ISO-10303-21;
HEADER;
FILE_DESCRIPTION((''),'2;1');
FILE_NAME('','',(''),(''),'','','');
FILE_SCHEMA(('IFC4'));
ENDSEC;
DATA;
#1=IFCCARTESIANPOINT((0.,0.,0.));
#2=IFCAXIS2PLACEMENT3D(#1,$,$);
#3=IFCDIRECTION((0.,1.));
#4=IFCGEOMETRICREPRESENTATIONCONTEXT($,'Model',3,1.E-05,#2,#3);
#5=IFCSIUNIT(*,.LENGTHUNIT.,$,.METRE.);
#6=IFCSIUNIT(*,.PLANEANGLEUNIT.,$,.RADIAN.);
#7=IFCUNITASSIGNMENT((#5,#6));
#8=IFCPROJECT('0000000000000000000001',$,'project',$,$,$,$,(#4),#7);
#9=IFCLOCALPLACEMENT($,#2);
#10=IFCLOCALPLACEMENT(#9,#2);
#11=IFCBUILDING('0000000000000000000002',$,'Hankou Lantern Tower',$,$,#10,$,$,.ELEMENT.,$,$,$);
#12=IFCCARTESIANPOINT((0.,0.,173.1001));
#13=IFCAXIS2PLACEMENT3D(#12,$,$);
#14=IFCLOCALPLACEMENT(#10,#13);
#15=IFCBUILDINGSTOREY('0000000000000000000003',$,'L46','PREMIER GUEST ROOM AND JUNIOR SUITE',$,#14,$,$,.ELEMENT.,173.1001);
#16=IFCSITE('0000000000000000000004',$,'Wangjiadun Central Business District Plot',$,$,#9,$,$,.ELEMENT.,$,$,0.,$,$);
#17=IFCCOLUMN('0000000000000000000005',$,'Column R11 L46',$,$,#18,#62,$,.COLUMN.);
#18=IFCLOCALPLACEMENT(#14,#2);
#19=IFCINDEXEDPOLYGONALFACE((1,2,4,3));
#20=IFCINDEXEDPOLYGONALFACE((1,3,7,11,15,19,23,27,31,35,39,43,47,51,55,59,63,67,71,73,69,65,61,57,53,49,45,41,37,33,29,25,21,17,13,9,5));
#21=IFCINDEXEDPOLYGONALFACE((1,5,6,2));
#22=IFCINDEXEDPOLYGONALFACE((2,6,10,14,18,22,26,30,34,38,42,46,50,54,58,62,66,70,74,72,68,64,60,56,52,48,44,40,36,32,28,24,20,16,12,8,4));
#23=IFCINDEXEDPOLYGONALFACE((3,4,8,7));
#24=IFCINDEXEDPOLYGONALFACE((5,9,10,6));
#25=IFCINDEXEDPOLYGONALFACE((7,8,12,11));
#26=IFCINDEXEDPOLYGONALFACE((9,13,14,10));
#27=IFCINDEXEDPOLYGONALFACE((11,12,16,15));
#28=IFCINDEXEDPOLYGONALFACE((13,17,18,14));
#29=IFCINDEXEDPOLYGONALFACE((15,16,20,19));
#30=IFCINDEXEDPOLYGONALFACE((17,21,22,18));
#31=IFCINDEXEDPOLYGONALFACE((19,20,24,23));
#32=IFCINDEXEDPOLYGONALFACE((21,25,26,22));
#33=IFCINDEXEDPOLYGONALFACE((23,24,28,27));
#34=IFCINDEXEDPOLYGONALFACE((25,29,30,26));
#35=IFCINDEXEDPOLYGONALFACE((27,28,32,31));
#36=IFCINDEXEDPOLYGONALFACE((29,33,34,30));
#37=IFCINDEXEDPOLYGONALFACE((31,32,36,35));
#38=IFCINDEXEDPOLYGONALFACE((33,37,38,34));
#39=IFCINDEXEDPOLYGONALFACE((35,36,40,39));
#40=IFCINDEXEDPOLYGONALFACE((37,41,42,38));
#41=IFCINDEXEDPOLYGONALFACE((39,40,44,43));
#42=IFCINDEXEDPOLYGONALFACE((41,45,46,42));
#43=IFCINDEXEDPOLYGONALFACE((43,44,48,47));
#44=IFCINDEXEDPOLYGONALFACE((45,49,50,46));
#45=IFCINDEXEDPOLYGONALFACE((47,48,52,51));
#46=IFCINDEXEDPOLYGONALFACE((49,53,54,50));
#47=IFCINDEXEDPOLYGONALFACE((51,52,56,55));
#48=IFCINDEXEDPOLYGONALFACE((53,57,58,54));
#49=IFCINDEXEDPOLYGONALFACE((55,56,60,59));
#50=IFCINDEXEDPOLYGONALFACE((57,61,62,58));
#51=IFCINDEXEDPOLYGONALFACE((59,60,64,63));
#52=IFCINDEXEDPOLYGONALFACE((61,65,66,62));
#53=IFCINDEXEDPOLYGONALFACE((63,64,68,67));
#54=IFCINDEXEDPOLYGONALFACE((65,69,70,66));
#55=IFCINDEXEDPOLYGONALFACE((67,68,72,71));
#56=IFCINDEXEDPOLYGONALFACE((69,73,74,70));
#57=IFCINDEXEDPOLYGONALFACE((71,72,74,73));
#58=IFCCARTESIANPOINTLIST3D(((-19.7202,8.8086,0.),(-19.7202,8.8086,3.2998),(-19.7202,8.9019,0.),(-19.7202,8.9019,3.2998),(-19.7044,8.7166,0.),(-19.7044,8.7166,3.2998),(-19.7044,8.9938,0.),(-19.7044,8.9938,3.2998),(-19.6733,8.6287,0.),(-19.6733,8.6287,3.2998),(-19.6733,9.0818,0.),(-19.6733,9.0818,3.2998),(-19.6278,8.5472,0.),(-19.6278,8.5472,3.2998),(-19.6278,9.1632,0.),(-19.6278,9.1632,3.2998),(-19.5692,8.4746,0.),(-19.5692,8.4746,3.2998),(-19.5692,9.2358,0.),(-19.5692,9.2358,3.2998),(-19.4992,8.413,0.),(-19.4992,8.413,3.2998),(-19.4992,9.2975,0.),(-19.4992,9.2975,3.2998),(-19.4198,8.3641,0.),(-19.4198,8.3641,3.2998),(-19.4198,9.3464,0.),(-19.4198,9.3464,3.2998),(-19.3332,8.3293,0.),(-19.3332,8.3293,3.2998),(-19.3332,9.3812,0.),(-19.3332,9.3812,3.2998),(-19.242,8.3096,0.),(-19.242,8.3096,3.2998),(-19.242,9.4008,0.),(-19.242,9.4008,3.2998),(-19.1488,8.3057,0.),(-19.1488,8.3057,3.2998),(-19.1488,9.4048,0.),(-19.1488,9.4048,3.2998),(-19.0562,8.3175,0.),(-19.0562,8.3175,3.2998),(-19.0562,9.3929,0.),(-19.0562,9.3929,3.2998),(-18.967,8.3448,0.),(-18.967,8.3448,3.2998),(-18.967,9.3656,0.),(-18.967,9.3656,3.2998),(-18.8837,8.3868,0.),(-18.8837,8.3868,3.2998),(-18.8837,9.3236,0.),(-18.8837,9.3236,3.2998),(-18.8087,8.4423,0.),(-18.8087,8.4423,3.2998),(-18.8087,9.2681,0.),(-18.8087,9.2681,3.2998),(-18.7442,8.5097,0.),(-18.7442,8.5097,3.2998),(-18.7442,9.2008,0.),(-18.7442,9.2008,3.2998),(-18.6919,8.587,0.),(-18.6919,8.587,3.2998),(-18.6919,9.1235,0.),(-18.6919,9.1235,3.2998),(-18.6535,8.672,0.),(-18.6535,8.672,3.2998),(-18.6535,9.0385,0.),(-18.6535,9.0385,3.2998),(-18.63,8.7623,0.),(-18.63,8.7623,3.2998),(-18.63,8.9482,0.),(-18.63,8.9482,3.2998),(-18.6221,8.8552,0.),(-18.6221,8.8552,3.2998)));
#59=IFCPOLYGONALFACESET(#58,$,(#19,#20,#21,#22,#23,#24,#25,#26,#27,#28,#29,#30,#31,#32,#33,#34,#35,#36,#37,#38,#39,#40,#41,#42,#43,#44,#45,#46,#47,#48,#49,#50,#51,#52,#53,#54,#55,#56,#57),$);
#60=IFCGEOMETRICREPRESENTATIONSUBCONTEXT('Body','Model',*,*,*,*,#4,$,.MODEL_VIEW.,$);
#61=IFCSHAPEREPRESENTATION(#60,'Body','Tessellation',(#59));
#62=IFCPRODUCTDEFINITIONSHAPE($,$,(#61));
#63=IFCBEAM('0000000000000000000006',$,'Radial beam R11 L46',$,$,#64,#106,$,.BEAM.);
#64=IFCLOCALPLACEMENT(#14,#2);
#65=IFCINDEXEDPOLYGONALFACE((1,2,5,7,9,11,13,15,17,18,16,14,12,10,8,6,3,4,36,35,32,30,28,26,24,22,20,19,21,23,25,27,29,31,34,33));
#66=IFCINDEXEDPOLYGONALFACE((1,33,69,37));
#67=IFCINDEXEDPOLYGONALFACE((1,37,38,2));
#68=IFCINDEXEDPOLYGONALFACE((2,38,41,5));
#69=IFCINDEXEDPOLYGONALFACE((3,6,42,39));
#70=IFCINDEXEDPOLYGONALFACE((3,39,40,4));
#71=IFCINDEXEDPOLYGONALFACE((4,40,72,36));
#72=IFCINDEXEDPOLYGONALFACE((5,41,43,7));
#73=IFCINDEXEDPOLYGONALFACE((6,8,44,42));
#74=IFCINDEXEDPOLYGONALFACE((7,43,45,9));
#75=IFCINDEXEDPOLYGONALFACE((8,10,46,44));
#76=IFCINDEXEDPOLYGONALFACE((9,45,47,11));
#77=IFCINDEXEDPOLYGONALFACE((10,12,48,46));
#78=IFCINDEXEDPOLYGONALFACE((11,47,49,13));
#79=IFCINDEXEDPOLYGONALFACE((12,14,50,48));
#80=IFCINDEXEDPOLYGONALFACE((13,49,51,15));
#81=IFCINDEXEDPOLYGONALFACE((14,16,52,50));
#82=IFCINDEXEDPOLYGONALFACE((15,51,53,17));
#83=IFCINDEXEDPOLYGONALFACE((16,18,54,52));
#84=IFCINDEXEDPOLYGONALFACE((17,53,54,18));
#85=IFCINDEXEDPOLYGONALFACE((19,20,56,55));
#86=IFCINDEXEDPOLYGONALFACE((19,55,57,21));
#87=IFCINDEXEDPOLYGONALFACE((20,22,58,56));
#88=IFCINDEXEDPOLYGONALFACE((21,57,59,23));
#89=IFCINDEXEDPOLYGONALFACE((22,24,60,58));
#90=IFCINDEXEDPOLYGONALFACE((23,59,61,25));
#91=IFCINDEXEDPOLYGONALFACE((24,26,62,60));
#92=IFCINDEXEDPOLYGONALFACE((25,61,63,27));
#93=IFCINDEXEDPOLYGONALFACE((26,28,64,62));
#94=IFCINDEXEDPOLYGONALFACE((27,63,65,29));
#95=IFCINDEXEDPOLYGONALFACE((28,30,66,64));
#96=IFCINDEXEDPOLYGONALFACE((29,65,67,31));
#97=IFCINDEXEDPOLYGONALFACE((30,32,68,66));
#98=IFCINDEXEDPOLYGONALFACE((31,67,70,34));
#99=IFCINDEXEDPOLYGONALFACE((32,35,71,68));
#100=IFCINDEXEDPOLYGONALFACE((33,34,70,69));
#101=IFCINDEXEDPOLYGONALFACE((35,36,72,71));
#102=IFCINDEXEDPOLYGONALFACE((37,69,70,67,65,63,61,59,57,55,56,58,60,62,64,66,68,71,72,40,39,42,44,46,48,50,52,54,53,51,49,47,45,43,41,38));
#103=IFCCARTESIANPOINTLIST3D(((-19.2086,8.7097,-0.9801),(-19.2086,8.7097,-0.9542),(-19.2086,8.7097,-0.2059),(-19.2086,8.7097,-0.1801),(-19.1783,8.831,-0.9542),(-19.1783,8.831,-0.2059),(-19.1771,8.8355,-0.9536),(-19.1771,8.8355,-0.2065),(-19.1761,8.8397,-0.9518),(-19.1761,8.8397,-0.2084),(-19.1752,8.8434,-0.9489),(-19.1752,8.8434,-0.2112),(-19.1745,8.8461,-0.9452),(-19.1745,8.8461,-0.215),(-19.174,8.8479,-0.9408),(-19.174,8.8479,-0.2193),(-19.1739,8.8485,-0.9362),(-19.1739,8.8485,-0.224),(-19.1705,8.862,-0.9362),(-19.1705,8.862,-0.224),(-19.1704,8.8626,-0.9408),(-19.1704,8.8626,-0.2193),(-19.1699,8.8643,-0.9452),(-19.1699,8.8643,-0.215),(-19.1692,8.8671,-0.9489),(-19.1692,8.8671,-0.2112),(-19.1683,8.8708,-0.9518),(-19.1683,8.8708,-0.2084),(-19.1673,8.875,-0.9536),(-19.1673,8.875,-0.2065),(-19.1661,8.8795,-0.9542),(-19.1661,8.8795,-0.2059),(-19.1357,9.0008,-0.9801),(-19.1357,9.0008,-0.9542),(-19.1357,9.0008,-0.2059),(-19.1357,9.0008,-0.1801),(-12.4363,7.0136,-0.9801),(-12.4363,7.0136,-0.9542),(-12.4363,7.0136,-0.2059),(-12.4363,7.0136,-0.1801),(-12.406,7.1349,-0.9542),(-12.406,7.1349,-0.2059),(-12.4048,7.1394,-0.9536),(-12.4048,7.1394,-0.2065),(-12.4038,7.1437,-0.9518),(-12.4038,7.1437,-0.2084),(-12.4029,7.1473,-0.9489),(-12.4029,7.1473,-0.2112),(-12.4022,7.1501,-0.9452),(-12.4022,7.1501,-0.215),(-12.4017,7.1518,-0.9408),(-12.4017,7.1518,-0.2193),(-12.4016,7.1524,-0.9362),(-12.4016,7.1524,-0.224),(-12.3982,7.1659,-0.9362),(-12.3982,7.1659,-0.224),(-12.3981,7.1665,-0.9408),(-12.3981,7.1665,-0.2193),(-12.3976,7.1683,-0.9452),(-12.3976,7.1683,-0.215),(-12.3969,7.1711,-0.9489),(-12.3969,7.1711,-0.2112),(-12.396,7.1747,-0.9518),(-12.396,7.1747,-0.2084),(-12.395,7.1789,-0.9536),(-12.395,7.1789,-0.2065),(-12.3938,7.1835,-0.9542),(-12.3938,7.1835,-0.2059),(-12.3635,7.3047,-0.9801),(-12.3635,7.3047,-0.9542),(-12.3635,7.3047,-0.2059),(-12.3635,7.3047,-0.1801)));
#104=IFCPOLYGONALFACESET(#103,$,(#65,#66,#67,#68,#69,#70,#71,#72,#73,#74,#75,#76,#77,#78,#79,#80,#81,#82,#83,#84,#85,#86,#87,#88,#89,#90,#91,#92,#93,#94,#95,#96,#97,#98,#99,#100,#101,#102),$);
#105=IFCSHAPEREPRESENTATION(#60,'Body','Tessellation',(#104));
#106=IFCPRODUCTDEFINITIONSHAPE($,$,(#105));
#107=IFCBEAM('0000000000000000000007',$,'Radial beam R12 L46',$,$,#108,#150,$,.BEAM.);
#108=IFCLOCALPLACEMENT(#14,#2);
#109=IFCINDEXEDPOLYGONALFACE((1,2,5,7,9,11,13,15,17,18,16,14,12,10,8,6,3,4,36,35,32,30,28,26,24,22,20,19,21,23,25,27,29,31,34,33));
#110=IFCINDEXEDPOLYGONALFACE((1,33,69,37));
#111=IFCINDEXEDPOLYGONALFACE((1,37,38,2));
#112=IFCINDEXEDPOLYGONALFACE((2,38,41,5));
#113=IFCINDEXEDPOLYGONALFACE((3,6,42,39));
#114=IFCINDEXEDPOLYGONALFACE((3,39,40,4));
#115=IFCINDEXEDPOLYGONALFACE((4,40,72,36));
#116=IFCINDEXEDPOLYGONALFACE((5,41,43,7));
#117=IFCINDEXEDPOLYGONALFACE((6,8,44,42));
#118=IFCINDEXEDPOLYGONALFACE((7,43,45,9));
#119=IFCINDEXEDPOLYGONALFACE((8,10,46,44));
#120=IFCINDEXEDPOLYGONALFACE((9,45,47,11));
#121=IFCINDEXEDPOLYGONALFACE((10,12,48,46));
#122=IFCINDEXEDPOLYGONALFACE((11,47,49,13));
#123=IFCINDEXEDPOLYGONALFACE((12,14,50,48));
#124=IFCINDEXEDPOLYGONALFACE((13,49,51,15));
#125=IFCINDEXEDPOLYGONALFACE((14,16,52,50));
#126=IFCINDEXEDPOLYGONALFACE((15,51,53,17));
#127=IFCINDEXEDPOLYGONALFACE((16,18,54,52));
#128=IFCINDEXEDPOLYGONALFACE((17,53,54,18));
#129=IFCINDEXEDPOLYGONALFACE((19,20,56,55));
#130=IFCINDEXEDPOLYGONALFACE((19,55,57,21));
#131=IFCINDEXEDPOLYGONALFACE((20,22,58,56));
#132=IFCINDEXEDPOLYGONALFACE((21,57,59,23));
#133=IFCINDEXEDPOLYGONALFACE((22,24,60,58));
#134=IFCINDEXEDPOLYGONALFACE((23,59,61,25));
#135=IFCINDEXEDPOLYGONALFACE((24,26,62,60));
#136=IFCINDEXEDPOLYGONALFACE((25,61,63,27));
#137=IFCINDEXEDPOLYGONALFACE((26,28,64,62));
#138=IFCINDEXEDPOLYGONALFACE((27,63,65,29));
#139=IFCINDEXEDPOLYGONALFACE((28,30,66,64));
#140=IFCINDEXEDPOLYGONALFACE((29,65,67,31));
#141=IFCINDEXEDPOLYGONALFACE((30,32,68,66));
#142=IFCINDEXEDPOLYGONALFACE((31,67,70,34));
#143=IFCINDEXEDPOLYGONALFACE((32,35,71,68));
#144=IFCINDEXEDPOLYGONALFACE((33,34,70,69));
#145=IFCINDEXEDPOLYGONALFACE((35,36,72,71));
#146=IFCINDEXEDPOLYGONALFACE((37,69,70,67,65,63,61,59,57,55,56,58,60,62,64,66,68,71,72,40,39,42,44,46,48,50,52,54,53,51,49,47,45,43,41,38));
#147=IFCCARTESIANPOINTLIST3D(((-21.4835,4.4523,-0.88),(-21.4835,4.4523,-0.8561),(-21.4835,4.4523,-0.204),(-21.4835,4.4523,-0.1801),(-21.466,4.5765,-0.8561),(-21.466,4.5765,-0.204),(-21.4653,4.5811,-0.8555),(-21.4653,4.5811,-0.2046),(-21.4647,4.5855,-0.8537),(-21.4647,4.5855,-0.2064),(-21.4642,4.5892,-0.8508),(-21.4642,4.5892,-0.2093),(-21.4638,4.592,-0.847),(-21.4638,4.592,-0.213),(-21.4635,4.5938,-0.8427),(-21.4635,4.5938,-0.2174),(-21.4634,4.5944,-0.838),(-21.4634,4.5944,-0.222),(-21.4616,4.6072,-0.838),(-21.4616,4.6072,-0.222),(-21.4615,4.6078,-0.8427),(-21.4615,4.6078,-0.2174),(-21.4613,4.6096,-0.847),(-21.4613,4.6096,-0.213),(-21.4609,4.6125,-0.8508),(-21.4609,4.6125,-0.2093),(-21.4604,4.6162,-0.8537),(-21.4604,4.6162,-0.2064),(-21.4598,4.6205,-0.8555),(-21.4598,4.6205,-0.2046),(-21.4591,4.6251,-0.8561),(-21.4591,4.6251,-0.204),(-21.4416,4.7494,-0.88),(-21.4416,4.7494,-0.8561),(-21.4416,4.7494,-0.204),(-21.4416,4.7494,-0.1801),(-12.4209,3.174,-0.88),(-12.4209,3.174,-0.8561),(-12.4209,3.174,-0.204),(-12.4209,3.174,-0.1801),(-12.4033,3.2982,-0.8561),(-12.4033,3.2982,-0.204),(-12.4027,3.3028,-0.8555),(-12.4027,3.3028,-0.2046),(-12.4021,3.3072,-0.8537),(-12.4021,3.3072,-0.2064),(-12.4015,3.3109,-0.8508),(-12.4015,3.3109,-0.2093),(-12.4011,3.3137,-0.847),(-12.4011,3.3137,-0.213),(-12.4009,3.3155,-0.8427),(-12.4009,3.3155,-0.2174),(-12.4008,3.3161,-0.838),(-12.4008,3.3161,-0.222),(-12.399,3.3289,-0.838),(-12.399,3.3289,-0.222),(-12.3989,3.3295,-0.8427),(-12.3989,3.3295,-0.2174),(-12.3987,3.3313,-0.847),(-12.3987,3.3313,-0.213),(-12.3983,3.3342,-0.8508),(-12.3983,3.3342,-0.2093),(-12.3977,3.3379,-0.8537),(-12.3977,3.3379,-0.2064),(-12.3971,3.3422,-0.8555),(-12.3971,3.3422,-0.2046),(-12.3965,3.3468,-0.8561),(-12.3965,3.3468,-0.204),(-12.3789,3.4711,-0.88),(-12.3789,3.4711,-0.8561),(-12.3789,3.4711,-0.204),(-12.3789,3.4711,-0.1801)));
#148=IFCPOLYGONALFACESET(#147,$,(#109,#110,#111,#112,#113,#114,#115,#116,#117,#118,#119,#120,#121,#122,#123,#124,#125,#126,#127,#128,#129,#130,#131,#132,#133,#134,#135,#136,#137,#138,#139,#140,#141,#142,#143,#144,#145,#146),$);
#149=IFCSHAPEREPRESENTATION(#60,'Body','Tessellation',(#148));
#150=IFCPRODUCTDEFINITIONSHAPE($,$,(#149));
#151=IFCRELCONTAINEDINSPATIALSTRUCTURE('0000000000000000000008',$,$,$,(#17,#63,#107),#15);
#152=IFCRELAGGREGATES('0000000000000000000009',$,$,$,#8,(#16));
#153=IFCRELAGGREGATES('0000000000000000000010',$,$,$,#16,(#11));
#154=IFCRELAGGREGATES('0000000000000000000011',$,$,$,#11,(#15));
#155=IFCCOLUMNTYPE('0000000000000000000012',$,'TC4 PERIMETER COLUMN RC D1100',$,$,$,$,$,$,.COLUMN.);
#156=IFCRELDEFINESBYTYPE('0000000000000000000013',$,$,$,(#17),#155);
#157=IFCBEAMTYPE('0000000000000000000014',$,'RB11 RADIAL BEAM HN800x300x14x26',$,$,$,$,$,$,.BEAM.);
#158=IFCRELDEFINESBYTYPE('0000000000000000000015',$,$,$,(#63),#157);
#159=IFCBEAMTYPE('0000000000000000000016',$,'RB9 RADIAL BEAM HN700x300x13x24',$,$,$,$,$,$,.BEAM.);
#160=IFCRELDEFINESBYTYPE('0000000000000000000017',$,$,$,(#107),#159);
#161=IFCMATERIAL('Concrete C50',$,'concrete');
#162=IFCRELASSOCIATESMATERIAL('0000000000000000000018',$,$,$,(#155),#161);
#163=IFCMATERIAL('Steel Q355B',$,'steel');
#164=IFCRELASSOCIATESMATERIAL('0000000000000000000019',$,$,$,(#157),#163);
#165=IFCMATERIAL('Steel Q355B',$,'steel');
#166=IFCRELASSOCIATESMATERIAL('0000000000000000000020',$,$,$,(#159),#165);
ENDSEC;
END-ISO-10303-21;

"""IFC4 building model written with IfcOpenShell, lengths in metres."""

from ifc_helpers import new_model, si_unit, direction, frame, origin, origin_2d, place, context, subcontext, project, spatial, circle, i_section, extrude, material, material_profile, profile_set, type_object, element, save


model = new_model("IFC4")

# Units and contexts
model_context = context("Model", 3, precision=1e-05, world=origin(), true_north=direction((0.0, 1.0)))
body_context = subcontext(model_context, "Body", "Model", "MODEL_VIEW")
ifc_project = project(units=[si_unit("LENGTHUNIT", "METRE"), si_unit("PLANEANGLEUNIT", "RADIAN")], contexts=[model_context])

# Site, building, storey
site_placement = place(None, origin())
site = spatial("IfcSite", under=ifc_project, at=site_placement, Name="Wangjiadun Central Business District Plot", CompositionType="ELEMENT", RefElevation=0.0)
building_placement = place(site_placement, origin())
building = spatial("IfcBuilding", under=site, at=building_placement, Name="Hankou Lantern Tower", CompositionType="ELEMENT")
storey_placement = place(building_placement, frame((0.0, 0.0, 173.1001)))
storey = spatial("IfcBuildingStorey", under=building, at=storey_placement, Name="L46", Description="PREMIER GUEST ROOM AND JUNIOR SUITE", CompositionType="ELEMENT", Elevation=173.1001)

# Column
ifc_material_1 = material(Name="Concrete C50", Category="concrete")
ifc_material_profile_1 = material_profile(ifc_material_1, circle(Radius=0.55, at=origin_2d()), Name="RC D1100")
ifc_profile_set_1 = profile_set([ifc_material_profile_1], Name="Concrete C50")
column_type = type_object("IfcColumnType", Name="TC4 PERIMETER COLUMN RC D1100", PredefinedType="COLUMN", material=ifc_profile_set_1)
column_placement = place(storey_placement, frame((-19.1721, 8.8552, 0.0), z_axis=(0.0, 0.0, 1.0), x_axis=(1.0, 0.0, 0.0)))
element("IfcColumn", 1, at=column_placement, inside=storey, type_object=column_type, Name="Column R11 L46", PredefinedType="COLUMN", context=body_context, shape_type="SweptSolid", body=[
    extrude(circle(Radius=0.55, at=origin_2d()), origin(), (0.0, 0.0, 1.0), 3.2998),
])

# Beams
ifc_material_2 = material(Name="Steel Q355B", Category="steel")
ifc_material_profile_2 = material_profile(ifc_material_2, i_section(OverallWidth=0.3, OverallDepth=0.8, WebThickness=0.0139, FlangeThickness=0.0259, FilletRadius=0.0181, at=origin_2d()), Name="HN800x300x14x26")
ifc_profile_set_2 = profile_set([ifc_material_profile_2], Name="Steel Q355B")
beam_type_1 = type_object("IfcBeamType", Name="RB11 RADIAL BEAM HN800x300x14x26", PredefinedType="BEAM", material=ifc_profile_set_2)
beam_1_placement = place(storey_placement, frame((-12.3999, 7.1592, -0.5801), z_axis=(-0.970042, 0.242939, 0.0), x_axis=(-0.242939, -0.970042, 0.0)))
element("IfcBeam", 2, at=beam_1_placement, inside=storey, type_object=beam_type_1, Name="Radial beam R11 L46", PredefinedType="BEAM", context=body_context, shape_type="SweptSolid", body=[
    extrude(i_section(OverallWidth=0.3, OverallDepth=0.8, WebThickness=0.0139, FlangeThickness=0.0259, FilletRadius=0.0181, at=origin_2d()), origin(), (0.0, 0.0, 1.0), 6.9814),
])
ifc_material_3 = material(Name="Steel Q355B", Category="steel")
ifc_material_profile_3 = material_profile(ifc_material_3, i_section(OverallWidth=0.3, OverallDepth=0.7, WebThickness=0.0129, FlangeThickness=0.0239, FilletRadius=0.0181, at=origin_2d()), Name="HN700x300x13x24")
ifc_profile_set_3 = profile_set([ifc_material_profile_3], Name="Steel Q355B")
beam_type_2 = type_object("IfcBeamType", Name="RB9 RADIAL BEAM HN700x300x13x24", PredefinedType="BEAM", material=ifc_profile_set_3)
beam_2_placement = place(storey_placement, frame((-12.3999, 3.3225, -0.53), z_axis=(-0.990198, 0.13967, 0.0), x_axis=(-0.13967, -0.990198, 0.0)))
element("IfcBeam", 3, at=beam_2_placement, inside=storey, type_object=beam_type_2, Name="Radial beam R12 L46", PredefinedType="BEAM", context=body_context, shape_type="SweptSolid", body=[
    extrude(i_section(OverallWidth=0.3, OverallDepth=0.7, WebThickness=0.0129, FlangeThickness=0.0239, FilletRadius=0.0181, at=origin_2d()), origin(), (0.0, 0.0, 1.0), 9.1523),
])

save(model, "model.ifc")
